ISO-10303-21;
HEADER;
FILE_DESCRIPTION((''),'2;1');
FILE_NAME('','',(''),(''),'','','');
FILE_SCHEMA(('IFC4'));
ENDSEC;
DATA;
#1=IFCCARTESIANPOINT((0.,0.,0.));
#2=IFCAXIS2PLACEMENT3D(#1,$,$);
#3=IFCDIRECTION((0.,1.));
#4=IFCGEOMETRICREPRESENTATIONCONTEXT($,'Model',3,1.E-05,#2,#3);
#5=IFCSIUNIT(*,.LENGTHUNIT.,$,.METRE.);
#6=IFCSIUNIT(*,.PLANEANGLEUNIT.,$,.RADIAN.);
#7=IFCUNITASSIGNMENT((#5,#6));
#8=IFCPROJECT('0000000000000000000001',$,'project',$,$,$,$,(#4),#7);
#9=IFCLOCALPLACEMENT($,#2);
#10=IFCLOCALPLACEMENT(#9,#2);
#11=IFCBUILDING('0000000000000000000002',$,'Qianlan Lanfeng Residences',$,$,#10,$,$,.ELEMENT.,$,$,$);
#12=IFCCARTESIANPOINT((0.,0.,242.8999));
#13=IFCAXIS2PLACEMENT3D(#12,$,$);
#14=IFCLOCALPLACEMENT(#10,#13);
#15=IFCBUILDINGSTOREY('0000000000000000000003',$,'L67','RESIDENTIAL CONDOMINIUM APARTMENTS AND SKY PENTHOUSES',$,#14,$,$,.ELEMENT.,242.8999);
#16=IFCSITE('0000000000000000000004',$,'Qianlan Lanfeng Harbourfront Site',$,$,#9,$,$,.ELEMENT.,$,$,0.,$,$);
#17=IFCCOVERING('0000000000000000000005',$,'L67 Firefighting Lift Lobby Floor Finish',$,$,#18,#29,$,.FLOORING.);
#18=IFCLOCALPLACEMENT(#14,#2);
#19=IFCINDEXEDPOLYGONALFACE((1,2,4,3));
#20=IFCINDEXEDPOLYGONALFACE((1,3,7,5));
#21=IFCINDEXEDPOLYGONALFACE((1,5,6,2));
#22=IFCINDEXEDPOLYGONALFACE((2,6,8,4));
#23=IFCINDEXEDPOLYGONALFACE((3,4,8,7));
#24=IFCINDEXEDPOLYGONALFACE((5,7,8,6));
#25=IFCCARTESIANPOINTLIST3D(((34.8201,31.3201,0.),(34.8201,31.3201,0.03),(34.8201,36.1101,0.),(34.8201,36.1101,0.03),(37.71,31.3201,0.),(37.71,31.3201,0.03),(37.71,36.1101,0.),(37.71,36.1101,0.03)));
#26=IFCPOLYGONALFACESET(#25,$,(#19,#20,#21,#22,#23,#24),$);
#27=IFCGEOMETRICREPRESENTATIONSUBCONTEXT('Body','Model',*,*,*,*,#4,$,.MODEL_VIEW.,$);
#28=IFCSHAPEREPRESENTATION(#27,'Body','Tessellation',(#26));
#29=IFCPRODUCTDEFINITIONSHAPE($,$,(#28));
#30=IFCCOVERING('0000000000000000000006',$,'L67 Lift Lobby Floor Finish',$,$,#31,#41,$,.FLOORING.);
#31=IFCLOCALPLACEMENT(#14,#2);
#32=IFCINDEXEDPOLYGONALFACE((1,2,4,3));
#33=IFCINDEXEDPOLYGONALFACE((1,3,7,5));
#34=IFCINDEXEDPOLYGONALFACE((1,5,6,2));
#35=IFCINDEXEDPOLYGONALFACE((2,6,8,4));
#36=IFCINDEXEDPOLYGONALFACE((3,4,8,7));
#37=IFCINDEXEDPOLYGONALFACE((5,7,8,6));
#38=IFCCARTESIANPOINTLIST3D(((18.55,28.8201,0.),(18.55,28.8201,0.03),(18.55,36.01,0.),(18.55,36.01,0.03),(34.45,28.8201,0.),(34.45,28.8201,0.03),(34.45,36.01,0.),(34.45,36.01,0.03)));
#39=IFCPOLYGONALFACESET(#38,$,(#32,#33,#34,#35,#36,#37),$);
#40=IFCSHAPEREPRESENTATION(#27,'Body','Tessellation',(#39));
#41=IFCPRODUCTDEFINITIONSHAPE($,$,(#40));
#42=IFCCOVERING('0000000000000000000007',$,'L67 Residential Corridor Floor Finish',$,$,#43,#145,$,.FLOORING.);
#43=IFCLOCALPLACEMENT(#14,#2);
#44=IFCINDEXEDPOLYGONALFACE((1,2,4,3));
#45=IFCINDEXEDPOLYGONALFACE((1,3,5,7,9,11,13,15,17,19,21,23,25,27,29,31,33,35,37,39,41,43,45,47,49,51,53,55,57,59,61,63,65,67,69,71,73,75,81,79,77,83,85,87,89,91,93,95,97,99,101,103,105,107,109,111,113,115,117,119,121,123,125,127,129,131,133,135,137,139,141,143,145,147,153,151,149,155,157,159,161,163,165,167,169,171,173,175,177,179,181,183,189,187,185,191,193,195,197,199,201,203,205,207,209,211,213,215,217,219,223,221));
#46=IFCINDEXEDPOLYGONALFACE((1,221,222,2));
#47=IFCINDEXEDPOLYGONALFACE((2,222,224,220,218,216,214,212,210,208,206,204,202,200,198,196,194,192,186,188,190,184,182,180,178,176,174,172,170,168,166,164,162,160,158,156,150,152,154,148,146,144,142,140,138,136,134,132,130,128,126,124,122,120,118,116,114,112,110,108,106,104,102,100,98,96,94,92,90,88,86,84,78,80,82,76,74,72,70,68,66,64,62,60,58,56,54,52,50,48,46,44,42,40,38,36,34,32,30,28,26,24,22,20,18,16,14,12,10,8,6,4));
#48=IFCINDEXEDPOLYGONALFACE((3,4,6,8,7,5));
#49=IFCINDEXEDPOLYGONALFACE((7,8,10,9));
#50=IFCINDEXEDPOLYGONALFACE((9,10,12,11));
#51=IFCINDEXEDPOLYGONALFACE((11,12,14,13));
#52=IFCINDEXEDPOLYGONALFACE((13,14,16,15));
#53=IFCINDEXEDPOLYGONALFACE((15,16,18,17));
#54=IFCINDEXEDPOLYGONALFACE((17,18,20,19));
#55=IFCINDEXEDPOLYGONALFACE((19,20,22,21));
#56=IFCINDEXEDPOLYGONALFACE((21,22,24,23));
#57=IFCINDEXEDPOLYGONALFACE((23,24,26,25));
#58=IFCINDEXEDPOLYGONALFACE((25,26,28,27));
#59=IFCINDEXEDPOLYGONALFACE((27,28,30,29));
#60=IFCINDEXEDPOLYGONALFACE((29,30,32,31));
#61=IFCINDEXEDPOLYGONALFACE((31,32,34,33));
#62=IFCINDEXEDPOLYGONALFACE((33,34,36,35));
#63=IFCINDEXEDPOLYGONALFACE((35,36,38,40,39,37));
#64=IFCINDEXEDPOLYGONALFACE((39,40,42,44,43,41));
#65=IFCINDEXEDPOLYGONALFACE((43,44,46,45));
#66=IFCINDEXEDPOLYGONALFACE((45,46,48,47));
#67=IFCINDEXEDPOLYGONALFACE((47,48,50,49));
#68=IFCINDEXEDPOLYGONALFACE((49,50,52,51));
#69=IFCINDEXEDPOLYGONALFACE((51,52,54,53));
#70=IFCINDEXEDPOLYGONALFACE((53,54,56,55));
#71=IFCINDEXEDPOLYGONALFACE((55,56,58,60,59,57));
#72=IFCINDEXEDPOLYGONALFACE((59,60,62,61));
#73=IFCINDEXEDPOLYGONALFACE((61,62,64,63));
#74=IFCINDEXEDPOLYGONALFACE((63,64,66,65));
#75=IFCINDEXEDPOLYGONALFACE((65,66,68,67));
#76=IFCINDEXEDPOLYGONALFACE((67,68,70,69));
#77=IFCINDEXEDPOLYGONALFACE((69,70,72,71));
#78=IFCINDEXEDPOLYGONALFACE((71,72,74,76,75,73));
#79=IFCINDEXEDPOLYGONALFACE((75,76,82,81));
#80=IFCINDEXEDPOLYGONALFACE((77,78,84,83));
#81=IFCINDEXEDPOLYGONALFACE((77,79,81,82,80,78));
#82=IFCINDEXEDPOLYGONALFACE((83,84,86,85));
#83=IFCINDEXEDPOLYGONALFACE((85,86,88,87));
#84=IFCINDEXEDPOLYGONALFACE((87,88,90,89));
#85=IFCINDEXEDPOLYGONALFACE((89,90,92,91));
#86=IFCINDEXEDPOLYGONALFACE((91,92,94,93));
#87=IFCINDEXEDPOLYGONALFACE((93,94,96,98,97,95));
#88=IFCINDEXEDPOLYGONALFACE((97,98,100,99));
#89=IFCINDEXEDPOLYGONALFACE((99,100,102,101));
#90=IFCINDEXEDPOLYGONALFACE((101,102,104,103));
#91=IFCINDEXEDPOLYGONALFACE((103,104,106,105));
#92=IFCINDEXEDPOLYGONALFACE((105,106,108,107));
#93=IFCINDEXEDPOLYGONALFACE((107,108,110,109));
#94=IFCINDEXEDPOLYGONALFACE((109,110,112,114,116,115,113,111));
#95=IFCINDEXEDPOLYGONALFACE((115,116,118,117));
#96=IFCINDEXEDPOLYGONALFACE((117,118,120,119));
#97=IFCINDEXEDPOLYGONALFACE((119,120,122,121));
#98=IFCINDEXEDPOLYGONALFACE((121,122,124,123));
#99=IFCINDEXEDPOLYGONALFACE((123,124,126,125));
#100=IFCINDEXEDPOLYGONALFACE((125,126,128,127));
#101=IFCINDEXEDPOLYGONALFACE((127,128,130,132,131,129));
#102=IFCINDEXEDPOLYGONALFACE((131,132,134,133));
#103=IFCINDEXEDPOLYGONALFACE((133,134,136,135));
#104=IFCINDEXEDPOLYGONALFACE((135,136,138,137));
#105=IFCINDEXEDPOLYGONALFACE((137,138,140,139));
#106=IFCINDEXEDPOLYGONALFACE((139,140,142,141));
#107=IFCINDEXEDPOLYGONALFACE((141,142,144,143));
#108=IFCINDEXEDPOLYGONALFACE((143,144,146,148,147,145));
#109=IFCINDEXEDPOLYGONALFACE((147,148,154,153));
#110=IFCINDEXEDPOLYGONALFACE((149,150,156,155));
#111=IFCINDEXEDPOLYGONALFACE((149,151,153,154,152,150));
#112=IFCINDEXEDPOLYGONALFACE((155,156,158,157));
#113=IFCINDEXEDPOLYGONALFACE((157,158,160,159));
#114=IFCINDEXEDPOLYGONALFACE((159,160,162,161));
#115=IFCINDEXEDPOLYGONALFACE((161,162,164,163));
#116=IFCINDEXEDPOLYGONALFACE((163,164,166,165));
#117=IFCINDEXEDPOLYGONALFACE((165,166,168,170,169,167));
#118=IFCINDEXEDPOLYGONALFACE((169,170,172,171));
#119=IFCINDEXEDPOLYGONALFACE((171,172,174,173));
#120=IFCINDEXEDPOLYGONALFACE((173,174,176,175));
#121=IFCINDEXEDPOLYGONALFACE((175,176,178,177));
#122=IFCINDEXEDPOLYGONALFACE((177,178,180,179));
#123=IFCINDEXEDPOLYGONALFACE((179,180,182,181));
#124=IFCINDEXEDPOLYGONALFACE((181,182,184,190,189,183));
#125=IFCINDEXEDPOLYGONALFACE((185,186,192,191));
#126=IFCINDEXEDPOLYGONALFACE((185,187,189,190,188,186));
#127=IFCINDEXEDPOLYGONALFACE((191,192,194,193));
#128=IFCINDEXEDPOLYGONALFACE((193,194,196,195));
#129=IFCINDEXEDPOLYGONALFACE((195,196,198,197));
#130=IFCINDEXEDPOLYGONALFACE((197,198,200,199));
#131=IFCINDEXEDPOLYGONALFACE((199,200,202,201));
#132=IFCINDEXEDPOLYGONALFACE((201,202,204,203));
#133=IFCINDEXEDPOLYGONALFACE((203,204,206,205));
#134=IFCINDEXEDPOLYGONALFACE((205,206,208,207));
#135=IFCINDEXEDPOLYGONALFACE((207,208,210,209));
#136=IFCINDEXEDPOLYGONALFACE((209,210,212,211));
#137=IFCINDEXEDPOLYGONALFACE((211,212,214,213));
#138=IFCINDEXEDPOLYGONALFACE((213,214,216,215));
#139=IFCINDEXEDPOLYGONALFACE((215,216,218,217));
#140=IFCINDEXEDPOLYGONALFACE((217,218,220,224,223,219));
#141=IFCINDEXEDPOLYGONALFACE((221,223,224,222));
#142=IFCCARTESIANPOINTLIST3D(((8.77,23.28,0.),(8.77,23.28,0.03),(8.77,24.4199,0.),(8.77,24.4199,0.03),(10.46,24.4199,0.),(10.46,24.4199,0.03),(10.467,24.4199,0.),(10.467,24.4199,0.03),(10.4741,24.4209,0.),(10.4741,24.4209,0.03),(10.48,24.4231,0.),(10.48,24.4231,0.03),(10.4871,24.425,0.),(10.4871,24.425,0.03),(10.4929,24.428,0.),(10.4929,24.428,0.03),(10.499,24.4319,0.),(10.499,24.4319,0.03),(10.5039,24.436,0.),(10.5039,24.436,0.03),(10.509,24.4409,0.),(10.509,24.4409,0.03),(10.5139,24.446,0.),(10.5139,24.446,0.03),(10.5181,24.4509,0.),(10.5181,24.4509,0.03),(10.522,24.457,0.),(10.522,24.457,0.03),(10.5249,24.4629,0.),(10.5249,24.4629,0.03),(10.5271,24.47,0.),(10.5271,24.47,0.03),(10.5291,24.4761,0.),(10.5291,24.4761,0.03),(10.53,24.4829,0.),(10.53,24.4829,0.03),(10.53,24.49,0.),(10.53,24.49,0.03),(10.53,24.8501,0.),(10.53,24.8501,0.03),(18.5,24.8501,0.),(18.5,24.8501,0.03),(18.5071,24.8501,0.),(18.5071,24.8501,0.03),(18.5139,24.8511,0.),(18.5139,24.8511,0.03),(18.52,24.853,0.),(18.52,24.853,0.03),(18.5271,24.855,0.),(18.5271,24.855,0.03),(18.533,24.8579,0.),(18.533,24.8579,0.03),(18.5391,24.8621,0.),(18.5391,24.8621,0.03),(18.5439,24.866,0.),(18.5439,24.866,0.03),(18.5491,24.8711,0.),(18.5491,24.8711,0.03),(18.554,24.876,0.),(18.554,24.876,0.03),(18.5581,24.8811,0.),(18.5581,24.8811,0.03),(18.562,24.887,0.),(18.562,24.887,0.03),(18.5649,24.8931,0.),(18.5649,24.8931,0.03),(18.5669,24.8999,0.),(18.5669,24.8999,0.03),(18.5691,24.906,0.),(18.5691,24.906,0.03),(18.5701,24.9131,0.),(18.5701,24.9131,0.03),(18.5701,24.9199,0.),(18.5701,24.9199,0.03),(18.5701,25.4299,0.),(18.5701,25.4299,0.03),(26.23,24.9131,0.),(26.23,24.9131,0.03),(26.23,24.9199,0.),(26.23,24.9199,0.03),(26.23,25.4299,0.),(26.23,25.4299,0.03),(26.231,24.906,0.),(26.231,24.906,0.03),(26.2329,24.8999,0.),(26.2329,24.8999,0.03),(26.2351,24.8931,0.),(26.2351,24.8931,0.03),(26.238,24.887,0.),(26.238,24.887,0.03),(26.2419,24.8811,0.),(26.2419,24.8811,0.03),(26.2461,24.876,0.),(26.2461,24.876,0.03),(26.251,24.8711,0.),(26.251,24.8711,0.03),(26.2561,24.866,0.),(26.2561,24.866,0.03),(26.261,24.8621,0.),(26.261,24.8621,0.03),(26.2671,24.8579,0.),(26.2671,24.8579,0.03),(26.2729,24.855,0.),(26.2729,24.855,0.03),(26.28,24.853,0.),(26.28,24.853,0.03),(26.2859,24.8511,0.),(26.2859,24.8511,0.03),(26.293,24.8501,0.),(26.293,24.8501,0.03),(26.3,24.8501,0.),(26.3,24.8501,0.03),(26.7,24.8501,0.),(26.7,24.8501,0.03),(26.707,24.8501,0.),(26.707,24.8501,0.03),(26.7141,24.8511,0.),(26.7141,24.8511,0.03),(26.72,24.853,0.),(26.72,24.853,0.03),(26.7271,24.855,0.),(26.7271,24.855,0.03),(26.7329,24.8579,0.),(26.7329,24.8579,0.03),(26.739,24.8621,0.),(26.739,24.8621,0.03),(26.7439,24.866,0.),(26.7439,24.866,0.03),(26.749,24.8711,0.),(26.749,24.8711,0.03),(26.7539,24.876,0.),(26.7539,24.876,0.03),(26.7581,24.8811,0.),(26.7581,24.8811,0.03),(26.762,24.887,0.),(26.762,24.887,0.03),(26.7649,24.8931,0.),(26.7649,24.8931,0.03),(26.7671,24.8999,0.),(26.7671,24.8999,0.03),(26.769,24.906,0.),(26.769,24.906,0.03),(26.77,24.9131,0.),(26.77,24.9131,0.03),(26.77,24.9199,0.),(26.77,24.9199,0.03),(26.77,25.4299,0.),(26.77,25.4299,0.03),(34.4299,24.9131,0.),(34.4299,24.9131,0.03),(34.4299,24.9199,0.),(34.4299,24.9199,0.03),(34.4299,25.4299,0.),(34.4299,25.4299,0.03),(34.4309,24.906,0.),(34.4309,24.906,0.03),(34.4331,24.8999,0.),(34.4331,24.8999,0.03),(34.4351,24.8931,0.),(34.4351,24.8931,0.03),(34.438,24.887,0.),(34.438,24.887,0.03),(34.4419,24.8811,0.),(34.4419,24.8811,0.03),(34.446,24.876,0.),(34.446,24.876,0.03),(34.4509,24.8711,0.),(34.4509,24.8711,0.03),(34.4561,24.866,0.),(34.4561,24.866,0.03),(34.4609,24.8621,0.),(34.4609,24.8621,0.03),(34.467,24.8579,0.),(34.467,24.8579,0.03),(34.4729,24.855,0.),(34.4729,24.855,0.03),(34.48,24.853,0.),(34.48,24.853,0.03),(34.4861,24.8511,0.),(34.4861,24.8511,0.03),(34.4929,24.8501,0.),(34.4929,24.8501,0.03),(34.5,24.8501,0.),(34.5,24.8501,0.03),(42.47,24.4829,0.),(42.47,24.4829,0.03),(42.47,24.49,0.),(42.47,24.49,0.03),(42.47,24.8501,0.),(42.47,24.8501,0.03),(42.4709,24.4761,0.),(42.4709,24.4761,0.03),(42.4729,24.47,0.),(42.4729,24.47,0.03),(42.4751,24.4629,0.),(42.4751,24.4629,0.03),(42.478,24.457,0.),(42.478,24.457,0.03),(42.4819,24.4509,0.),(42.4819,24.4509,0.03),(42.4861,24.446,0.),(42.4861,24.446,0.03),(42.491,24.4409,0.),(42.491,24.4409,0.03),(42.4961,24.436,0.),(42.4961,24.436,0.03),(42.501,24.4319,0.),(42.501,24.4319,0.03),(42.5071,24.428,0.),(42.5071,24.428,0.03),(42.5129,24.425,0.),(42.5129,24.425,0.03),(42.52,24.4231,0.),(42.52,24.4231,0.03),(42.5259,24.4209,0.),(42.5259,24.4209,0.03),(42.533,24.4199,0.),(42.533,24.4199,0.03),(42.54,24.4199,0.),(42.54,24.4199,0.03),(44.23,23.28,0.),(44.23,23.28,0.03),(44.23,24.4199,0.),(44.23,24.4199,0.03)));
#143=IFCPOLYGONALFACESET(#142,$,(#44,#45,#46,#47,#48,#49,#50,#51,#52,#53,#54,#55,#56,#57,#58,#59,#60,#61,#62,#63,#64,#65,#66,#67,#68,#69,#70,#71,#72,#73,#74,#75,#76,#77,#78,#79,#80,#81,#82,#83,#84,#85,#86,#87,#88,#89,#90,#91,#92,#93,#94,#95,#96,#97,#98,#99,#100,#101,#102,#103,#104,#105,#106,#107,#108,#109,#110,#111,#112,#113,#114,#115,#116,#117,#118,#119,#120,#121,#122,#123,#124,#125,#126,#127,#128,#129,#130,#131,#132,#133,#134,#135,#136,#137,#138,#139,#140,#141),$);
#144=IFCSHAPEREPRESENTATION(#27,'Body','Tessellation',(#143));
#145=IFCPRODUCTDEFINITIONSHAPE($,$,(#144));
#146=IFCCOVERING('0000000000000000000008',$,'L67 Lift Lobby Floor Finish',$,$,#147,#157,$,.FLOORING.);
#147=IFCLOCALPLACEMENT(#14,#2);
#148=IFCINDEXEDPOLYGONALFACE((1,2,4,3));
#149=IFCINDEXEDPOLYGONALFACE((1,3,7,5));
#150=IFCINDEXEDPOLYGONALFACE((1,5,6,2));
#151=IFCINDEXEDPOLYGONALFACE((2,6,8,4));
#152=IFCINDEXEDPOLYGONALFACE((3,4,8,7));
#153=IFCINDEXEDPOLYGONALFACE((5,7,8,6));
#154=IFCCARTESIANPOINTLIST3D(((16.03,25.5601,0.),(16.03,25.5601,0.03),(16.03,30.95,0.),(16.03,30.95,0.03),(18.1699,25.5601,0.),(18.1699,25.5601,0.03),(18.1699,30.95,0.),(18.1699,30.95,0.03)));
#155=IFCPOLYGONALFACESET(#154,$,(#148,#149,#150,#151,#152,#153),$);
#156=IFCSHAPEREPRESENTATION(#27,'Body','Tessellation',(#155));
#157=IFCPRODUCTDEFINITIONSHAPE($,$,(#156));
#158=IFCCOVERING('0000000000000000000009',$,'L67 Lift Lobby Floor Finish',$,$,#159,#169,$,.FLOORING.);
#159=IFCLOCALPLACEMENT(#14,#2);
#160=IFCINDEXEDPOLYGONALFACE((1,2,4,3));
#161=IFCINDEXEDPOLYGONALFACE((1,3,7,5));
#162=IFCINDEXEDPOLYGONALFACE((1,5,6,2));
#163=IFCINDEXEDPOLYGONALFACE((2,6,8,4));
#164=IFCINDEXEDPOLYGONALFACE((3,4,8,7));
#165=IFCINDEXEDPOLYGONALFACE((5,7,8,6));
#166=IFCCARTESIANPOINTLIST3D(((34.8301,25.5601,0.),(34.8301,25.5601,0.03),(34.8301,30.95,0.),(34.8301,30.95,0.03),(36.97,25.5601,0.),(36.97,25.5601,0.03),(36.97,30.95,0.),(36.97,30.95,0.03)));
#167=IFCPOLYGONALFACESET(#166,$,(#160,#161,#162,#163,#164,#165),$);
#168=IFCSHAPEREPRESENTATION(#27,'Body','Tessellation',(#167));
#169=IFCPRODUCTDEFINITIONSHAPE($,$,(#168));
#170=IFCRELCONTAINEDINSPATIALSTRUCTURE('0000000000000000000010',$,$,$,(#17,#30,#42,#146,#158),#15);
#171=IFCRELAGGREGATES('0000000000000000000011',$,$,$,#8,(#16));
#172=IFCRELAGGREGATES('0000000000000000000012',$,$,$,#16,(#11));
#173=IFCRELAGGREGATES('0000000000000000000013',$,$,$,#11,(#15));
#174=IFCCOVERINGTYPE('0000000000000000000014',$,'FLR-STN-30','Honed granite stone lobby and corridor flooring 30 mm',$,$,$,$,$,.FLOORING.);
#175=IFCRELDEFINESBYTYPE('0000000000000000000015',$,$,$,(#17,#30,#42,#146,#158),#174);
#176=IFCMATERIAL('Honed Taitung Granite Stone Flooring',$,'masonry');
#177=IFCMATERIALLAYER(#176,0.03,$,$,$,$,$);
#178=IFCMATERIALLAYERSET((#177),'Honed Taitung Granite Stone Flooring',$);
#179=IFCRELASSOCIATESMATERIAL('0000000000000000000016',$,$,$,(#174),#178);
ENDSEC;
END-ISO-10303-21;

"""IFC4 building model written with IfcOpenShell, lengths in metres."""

from ifc_helpers import new_model, si_unit, direction, frame, origin, place, context, subcontext, project, spatial, polyline, outline, extrude, material, layer, layer_set, type_object, element, save


model = new_model("IFC4")

# Units and contexts
model_context = context("Model", 3, precision=1e-05, world=origin(), true_north=direction((0.0, 1.0)))
body_context = subcontext(model_context, "Body", "Model", "MODEL_VIEW")
ifc_project = project(units=[si_unit("LENGTHUNIT", "METRE"), si_unit("PLANEANGLEUNIT", "RADIAN")], contexts=[model_context])

# Site, building, storey
site_placement = place(None, origin())
site = spatial("IfcSite", under=ifc_project, at=site_placement, Name="Qianlan Lanfeng Harbourfront Site", CompositionType="ELEMENT", RefElevation=0.0)
building_placement = place(site_placement, origin())
building = spatial("IfcBuilding", under=site, at=building_placement, Name="Qianlan Lanfeng Residences", CompositionType="ELEMENT")
storey_placement = place(building_placement, frame((0.0, 0.0, 242.8999)))
storey = spatial("IfcBuildingStorey", under=building, at=storey_placement, Name="L67", Description="RESIDENTIAL CONDOMINIUM APARTMENTS AND SKY PENTHOUSES", CompositionType="ELEMENT", Elevation=242.8999)

# Coverings
ifc_material_1 = material(Name="Honed Taitung Granite Stone Flooring", Category="masonry")
ifc_layer_1 = layer(ifc_material_1, 0.03)
ifc_layer_set_1 = layer_set([ifc_layer_1], Name="Honed Taitung Granite Stone Flooring")
covering_type_1 = type_object("IfcCoveringType", Name="FLR-STN-30", Description="Honed granite stone lobby and corridor flooring 30 mm", PredefinedType="FLOORING", material=ifc_layer_set_1)
covering_1_placement = place(storey_placement, origin())
element("IfcCovering", 1, at=covering_1_placement, inside=storey, type_object=covering_type_1, Name="L67 Firefighting Lift Lobby Floor Finish", PredefinedType="FLOORING", context=body_context, shape_type="SweptSolid", body=[
    extrude(outline(polyline([(34.8201, 31.3201), (37.71, 31.3201), (37.71, 36.1101), (34.8201, 36.1101), (34.8201, 31.3201)])), origin(), (0.0, 0.0, 1.0), 0.03),
])
covering_2_placement = place(storey_placement, origin())
element("IfcCovering", 2, at=covering_2_placement, inside=storey, type_object=covering_type_1, Name="L67 Lift Lobby Floor Finish", PredefinedType="FLOORING", context=body_context, shape_type="SweptSolid", body=[
    extrude(outline(polyline([(18.55, 28.8201), (34.45, 28.8201), (34.45, 36.01), (18.55, 36.01), (18.55, 28.8201)])), origin(), (0.0, 0.0, 1.0), 0.03),
])
covering_3_placement = place(storey_placement, origin())
element("IfcCovering", 3, at=covering_3_placement, inside=storey, type_object=covering_type_1, Name="L67 Residential Corridor Floor Finish", PredefinedType="FLOORING", context=body_context, shape_type="SweptSolid", body=[
    extrude(outline(polyline([(8.77, 23.28), (44.23, 23.28), (44.23, 24.4199), (42.54, 24.4199), (42.533, 24.4199), (42.5259, 24.4209), (42.52, 24.4231), (42.5129, 24.425), (42.5071, 24.428), (42.501, 24.4319), (42.4961, 24.436), (42.491, 24.4409), (42.4861, 24.446), (42.4819, 24.4509), (42.478, 24.457), (42.4751, 24.4629), (42.4729, 24.47), (42.4709, 24.4761), (42.47, 24.4829), (42.47, 24.49), (42.47, 24.8501), (34.5, 24.8501), (34.4929, 24.8501), (34.4861, 24.8511), (34.48, 24.853), (34.4729, 24.855), (34.467, 24.8579), (34.4609, 24.8621), (34.4561, 24.866), (34.4509, 24.8711), (34.446, 24.876), (34.4419, 24.8811), (34.438, 24.887), (34.4351, 24.8931), (34.4331, 24.8999), (34.4309, 24.906), (34.4299, 24.9131), (34.4299, 24.9199), (34.4299, 25.4299), (26.77, 25.4299), (26.77, 24.9199), (26.77, 24.9131), (26.769, 24.906), (26.7671, 24.8999), (26.7649, 24.8931), (26.762, 24.887), (26.7581, 24.8811), (26.7539, 24.876), (26.749, 24.8711), (26.7439, 24.866), (26.739, 24.8621), (26.7329, 24.8579), (26.7271, 24.855), (26.72, 24.853), (26.7141, 24.8511), (26.707, 24.8501), (26.7, 24.8501), (26.3, 24.8501), (26.293, 24.8501), (26.2859, 24.8511), (26.28, 24.853), (26.2729, 24.855), (26.2671, 24.8579), (26.261, 24.8621), (26.2561, 24.866), (26.251, 24.8711), (26.2461, 24.876), (26.2419, 24.8811), (26.238, 24.887), (26.2351, 24.8931), (26.2329, 24.8999), (26.231, 24.906), (26.23, 24.9131), (26.23, 24.9199), (26.23, 25.4299), (18.5701, 25.4299), (18.5701, 24.9199), (18.5701, 24.9131), (18.5691, 24.906), (18.5669, 24.8999), (18.5649, 24.8931), (18.562, 24.887), (18.5581, 24.8811), (18.554, 24.876), (18.5491, 24.8711), (18.5439, 24.866), (18.5391, 24.8621), (18.533, 24.8579), (18.5271, 24.855), (18.52, 24.853), (18.5139, 24.8511), (18.5071, 24.8501), (18.5, 24.8501), (10.53, 24.8501), (10.53, 24.49), (10.53, 24.4829), (10.5291, 24.4761), (10.5271, 24.47), (10.5249, 24.4629), (10.522, 24.457), (10.5181, 24.4509), (10.5139, 24.446), (10.509, 24.4409), (10.5039, 24.436), (10.499, 24.4319), (10.4929, 24.428), (10.4871, 24.425), (10.48, 24.4231), (10.4741, 24.4209), (10.467, 24.4199), (10.46, 24.4199), (8.77, 24.4199), (8.77, 23.28)])), origin(), (0.0, 0.0, 1.0), 0.03),
])
covering_4_placement = place(storey_placement, origin())
element("IfcCovering", 4, at=covering_4_placement, inside=storey, type_object=covering_type_1, Name="L67 Lift Lobby Floor Finish", PredefinedType="FLOORING", context=body_context, shape_type="SweptSolid", body=[
    extrude(outline(polyline([(16.03, 25.5601), (18.1699, 25.5601), (18.1699, 30.95), (16.03, 30.95), (16.03, 25.5601)])), origin(), (0.0, 0.0, 1.0), 0.03),
])
covering_5_placement = place(storey_placement, origin())
element("IfcCovering", 5, at=covering_5_placement, inside=storey, type_object=covering_type_1, Name="L67 Lift Lobby Floor Finish", PredefinedType="FLOORING", context=body_context, shape_type="SweptSolid", body=[
    extrude(outline(polyline([(34.8301, 25.5601), (36.97, 25.5601), (36.97, 30.95), (34.8301, 30.95), (34.8301, 25.5601)])), origin(), (0.0, 0.0, 1.0), 0.03),
])

save(model, "model.ifc")
